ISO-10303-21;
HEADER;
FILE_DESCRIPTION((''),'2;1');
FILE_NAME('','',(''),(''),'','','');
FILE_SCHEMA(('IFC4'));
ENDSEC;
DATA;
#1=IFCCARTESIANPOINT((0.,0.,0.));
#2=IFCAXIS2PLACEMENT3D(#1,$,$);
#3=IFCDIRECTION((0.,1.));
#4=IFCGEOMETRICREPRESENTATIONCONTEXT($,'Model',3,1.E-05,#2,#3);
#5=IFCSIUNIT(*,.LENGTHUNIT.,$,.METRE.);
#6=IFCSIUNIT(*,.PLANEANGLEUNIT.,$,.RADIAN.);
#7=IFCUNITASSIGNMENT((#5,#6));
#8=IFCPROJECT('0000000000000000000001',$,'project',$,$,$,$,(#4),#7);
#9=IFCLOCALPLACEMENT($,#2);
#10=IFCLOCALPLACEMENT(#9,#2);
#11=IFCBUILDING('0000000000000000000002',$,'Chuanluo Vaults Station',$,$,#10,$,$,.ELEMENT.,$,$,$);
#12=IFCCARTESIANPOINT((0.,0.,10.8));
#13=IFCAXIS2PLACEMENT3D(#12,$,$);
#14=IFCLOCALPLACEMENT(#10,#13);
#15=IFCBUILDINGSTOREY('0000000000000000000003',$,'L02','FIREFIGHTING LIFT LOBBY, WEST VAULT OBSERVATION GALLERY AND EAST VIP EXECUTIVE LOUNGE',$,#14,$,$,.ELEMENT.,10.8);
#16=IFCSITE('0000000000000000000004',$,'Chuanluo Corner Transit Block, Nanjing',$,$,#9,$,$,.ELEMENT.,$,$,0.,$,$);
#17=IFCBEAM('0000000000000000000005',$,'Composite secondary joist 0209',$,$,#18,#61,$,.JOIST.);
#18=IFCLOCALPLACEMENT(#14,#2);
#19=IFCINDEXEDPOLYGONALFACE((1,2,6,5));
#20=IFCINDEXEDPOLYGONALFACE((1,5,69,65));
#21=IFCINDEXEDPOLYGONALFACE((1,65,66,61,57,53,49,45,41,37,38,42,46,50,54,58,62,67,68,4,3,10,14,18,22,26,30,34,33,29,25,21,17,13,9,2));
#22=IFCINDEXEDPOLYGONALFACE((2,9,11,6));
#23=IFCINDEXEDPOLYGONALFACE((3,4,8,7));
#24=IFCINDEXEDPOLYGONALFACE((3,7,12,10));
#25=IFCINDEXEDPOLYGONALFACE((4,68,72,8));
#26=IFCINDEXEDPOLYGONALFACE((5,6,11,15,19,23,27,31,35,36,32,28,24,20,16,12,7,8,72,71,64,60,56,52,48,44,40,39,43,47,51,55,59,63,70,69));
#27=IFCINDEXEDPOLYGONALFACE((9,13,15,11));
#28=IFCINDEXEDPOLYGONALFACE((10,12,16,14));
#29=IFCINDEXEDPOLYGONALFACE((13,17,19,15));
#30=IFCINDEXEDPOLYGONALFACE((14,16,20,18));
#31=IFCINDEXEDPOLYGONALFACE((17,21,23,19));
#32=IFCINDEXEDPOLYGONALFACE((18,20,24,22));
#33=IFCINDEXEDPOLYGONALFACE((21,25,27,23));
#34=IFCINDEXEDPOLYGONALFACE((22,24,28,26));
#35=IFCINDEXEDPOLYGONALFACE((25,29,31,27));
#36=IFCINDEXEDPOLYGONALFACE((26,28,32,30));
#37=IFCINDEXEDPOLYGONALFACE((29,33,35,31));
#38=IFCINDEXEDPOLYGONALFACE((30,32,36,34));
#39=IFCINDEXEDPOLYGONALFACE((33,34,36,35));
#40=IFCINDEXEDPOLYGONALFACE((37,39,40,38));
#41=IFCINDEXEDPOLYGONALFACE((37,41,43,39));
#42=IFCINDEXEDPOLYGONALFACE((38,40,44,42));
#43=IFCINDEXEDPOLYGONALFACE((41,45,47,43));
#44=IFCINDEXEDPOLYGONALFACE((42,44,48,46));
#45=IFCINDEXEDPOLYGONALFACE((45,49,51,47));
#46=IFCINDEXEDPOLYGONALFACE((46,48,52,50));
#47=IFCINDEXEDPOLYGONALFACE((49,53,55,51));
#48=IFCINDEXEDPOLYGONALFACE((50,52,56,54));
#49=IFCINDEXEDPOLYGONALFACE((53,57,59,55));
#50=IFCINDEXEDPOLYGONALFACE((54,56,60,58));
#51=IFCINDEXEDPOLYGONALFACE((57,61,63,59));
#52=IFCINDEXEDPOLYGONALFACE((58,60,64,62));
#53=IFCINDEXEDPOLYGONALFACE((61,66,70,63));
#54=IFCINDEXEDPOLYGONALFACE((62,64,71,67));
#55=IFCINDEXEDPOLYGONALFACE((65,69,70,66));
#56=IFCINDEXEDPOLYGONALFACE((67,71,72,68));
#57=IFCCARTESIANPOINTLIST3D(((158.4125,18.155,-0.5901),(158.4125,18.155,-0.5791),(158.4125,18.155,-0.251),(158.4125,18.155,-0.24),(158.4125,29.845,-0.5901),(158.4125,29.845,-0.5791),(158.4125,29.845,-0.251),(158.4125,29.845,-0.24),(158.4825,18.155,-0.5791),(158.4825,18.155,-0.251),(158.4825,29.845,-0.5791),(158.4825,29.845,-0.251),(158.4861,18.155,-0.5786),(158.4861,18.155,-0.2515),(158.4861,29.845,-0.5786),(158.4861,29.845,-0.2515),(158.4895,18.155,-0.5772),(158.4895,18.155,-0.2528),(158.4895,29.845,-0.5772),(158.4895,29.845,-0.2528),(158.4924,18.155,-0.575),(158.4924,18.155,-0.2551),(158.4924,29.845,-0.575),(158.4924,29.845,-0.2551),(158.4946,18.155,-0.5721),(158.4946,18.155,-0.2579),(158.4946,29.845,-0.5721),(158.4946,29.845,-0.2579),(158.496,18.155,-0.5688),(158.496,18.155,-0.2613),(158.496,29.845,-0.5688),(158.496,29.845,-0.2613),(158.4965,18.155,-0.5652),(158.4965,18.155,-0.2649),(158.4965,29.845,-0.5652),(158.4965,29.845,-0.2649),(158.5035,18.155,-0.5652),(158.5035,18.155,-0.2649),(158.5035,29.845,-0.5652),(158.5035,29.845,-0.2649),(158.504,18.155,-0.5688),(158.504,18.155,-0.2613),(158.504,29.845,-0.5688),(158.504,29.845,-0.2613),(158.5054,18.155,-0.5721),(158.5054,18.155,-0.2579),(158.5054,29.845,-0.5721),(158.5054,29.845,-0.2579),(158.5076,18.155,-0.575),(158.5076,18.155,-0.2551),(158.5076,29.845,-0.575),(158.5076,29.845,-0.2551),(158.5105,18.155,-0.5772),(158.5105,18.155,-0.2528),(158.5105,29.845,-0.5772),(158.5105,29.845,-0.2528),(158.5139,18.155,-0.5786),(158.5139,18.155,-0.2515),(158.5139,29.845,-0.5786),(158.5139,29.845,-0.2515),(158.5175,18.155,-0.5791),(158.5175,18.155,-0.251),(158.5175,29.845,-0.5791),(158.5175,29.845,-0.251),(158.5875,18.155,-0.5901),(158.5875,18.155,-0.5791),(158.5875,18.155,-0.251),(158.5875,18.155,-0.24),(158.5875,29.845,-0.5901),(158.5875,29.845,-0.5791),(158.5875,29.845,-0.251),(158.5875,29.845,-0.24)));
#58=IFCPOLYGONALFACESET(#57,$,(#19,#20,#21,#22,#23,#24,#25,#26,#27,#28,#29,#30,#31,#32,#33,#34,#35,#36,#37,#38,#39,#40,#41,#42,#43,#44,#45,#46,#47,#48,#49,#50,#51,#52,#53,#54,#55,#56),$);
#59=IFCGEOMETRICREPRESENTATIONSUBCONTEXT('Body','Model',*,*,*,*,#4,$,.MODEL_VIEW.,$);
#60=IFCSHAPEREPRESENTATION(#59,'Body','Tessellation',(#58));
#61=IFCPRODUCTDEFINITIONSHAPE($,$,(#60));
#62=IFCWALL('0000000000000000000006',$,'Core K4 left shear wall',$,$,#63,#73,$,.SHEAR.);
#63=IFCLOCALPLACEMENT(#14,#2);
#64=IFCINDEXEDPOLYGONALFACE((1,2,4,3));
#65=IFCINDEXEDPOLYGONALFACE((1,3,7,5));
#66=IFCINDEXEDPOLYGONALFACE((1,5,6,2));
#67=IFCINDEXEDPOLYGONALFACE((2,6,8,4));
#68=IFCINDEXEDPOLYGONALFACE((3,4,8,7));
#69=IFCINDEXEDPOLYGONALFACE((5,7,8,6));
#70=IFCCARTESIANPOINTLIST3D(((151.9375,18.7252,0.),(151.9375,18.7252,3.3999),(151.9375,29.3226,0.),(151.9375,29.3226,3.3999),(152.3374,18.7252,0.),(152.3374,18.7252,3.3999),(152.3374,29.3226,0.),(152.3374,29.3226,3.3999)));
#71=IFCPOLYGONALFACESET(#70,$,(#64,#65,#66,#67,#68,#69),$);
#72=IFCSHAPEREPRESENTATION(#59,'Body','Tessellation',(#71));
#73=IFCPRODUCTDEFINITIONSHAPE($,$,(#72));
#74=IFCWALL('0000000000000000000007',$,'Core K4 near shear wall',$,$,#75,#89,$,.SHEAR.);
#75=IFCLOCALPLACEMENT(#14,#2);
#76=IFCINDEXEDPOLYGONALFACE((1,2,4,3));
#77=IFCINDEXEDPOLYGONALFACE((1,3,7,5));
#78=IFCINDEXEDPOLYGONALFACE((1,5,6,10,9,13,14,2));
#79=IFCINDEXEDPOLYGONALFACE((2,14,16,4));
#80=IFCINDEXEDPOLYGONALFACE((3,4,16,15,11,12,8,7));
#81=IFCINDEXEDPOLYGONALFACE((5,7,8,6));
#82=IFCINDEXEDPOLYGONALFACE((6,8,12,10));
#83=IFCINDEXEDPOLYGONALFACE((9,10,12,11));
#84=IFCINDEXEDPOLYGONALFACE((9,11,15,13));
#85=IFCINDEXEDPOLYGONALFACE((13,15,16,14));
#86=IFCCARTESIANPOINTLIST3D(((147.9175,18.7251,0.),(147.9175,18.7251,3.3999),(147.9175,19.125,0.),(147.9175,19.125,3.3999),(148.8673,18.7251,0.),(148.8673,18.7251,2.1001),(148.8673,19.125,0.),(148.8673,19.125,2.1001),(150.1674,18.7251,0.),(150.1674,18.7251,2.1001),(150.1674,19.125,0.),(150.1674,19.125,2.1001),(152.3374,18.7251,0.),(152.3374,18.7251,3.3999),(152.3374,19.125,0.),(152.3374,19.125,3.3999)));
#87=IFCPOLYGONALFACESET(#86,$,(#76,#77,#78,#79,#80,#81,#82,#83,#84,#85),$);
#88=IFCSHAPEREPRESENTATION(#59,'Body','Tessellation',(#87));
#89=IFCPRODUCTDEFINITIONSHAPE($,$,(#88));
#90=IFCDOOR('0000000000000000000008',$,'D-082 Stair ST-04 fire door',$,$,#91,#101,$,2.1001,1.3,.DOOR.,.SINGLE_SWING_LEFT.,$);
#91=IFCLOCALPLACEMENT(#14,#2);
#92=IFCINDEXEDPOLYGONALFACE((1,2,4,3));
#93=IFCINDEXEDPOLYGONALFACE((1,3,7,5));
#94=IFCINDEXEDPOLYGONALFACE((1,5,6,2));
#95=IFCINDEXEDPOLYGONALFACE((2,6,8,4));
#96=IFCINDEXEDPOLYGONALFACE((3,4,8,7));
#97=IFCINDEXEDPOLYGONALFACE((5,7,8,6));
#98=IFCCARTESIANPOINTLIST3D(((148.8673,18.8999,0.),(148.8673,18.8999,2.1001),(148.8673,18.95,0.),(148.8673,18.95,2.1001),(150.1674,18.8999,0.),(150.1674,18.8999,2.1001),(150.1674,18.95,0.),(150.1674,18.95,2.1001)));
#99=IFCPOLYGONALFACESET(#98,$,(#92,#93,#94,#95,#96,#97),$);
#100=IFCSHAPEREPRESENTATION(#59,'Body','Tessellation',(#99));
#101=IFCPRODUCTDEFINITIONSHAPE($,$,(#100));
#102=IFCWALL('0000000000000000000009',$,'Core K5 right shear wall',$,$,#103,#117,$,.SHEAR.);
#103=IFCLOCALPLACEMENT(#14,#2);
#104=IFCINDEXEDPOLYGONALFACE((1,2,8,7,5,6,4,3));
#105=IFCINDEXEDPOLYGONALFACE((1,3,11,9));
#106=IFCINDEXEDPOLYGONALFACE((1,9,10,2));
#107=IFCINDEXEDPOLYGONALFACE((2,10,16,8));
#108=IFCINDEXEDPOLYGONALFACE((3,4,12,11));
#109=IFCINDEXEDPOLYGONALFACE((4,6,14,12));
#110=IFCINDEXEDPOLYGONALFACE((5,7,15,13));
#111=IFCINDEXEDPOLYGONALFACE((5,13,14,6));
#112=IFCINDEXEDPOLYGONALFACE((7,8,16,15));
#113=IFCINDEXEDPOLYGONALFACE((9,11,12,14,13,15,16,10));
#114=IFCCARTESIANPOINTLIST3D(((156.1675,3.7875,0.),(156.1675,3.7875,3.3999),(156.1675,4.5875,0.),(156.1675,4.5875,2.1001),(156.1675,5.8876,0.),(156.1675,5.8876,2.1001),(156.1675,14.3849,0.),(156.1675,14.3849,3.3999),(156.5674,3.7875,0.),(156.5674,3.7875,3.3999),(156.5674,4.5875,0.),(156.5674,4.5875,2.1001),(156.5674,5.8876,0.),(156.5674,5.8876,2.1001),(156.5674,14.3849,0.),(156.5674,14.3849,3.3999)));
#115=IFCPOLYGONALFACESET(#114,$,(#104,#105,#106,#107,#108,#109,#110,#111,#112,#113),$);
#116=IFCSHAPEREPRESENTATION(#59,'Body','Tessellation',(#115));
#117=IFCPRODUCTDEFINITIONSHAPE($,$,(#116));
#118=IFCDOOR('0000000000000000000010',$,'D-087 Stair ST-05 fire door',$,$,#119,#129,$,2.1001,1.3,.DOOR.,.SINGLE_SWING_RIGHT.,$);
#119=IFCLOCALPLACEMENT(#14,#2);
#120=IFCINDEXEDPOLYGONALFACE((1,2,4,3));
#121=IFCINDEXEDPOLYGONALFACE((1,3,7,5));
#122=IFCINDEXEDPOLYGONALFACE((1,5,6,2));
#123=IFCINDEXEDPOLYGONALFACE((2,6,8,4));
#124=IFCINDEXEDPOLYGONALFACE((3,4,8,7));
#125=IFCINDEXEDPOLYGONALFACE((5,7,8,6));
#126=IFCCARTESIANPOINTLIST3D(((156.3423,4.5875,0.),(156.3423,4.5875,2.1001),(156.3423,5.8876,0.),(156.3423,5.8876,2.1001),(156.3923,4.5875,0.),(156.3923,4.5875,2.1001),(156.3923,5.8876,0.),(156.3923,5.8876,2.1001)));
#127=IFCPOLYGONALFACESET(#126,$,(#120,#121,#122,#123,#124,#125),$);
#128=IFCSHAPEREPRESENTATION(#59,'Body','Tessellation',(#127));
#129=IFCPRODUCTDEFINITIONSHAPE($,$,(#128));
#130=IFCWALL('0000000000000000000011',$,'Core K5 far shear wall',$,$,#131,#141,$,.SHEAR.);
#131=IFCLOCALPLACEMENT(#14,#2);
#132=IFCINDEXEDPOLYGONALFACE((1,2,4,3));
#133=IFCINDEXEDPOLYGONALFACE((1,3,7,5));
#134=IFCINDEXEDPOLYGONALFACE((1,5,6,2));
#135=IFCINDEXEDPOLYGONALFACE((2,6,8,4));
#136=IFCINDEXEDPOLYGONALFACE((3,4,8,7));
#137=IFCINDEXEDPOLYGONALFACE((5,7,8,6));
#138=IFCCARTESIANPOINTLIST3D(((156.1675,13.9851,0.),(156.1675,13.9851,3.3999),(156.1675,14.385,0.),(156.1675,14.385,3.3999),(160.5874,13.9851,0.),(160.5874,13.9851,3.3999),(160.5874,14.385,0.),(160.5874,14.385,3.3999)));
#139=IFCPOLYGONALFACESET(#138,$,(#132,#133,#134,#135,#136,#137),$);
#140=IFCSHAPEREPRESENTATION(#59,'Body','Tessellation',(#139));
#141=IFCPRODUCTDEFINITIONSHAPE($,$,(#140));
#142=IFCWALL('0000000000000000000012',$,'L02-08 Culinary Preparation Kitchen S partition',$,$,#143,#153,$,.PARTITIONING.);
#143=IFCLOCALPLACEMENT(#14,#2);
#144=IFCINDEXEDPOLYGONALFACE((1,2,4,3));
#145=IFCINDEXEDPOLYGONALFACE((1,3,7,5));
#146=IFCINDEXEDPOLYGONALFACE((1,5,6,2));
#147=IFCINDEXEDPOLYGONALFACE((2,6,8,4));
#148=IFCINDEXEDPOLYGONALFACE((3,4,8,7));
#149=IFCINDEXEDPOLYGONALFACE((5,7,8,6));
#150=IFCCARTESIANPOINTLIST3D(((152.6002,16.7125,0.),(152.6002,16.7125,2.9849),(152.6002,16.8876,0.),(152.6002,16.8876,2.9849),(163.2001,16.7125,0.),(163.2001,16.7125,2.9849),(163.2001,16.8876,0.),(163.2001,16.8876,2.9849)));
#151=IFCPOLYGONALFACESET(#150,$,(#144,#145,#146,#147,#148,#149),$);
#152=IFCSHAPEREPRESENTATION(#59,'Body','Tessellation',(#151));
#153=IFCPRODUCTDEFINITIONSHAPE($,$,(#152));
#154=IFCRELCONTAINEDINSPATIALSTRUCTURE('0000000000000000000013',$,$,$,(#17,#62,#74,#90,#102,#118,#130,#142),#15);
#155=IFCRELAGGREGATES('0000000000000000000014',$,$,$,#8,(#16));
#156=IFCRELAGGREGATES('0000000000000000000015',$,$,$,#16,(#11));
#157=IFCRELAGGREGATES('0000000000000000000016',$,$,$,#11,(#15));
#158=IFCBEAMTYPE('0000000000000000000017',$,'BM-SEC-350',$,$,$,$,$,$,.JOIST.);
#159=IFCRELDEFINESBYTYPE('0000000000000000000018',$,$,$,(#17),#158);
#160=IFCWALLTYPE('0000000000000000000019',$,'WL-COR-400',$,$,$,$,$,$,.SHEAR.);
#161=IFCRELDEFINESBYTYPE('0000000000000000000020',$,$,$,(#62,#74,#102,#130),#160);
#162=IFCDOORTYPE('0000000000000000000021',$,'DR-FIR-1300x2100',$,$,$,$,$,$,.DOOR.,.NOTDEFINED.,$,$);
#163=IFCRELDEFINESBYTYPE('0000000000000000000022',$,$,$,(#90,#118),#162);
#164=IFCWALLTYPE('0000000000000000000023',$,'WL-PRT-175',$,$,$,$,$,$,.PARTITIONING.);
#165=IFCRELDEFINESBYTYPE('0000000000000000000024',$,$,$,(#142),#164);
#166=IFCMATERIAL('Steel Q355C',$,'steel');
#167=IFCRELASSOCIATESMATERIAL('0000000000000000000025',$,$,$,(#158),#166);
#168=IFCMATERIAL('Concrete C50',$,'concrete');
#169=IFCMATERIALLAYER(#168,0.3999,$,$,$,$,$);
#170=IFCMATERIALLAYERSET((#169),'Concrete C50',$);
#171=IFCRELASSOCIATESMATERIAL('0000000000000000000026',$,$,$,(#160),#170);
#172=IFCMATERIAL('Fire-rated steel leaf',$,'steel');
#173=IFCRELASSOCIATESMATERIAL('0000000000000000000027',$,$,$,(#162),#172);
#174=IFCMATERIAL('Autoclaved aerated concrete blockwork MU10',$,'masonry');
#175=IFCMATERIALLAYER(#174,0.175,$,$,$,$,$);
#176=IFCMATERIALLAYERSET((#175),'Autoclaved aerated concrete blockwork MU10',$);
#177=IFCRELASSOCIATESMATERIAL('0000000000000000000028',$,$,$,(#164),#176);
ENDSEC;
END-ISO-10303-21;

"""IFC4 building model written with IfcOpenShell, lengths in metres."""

from ifc_helpers import new_model, si_unit, direction, frame, frame_2d, origin, origin_2d, place, context, subcontext, project, spatial, rectangle, i_section, extrude, material, layer, layer_set, material_profile, profile_set, type_object, element, fill, save


model = new_model("IFC4")

# Units and contexts
model_context = context("Model", 3, precision=1e-05, world=origin(), true_north=direction((0.0, 1.0)))
body_context = subcontext(model_context, "Body", "Model", "MODEL_VIEW")
ifc_project = project(units=[si_unit("LENGTHUNIT", "METRE"), si_unit("PLANEANGLEUNIT", "RADIAN")], contexts=[model_context])

# Site, building, storey
site_placement = place(None, origin())
site = spatial("IfcSite", under=ifc_project, at=site_placement, Name="Chuanluo Corner Transit Block, Nanjing", CompositionType="ELEMENT", RefElevation=0.0)
building_placement = place(site_placement, origin())
building = spatial("IfcBuilding", under=site, at=building_placement, Name="Chuanluo Vaults Station", CompositionType="ELEMENT")
storey_placement = place(building_placement, frame((0.0, 0.0, 10.8)))
storey = spatial("IfcBuildingStorey", under=building, at=storey_placement, Name="L02", Description="FIREFIGHTING LIFT LOBBY, WEST VAULT OBSERVATION GALLERY AND EAST VIP EXECUTIVE LOUNGE", CompositionType="ELEMENT", Elevation=10.8)

# Beam
ifc_material_1 = material(Name="Steel Q355C", Category="steel")
ifc_material_profile_1 = material_profile(ifc_material_1, i_section(OverallWidth=0.175, OverallDepth=0.3501, WebThickness=0.0071, FlangeThickness=0.011, FilletRadius=0.0139, at=origin_2d()))
ifc_profile_set_1 = profile_set([ifc_material_profile_1], Name="Steel Q355C")
beam_type_1 = type_object("IfcBeamType", Name="BM-SEC-350", PredefinedType="JOIST", material=ifc_profile_set_1)
beam_1_placement = place(storey_placement, frame((158.5, 18.155, -0.415), z_axis=(0.0, 1.0, 0.0), x_axis=(-1.0, 0.0, 0.0)))
element("IfcBeam", 1, at=beam_1_placement, inside=storey, type_object=beam_type_1, Name="Composite secondary joist 0209", PredefinedType="JOIST", context=body_context, shape_type="SweptSolid", body=[
    extrude(i_section(OverallWidth=0.175, OverallDepth=0.3501, WebThickness=0.0071, FlangeThickness=0.011, FilletRadius=0.0139, at=origin_2d()), origin(), (0.0, 0.0, 1.0), 11.6899),
])

# Wall
ifc_material_2 = material(Name="Concrete C50", Category="concrete")
ifc_layer_1 = layer(ifc_material_2, 0.3999)
ifc_layer_set_1 = layer_set([ifc_layer_1], Name="Concrete C50")
wall_type_1 = type_object("IfcWallType", Name="WL-COR-400", PredefinedType="SHEAR", material=ifc_layer_set_1)
wall_1_placement = place(storey_placement, frame((152.1375, 18.7251, 0.0), z_axis=(0.0, 0.0, 1.0), x_axis=(0.0, 1.0, 0.0)))
element("IfcWall", 2, at=wall_1_placement, inside=storey, type_object=wall_type_1, Name="Core K4 left shear wall", PredefinedType="SHEAR", context=body_context, shape_type="SweptSolid", body=[
    extrude(rectangle(XDim=10.5974, YDim=0.3999, at=frame_2d((5.2988, 0.0))), origin(), (0.0, 0.0, 1.0), 3.3999),
])

# Walls, openings, doors
wall_2_placement = place(storey_placement, frame((147.9175, 18.925, 0.0), z_axis=(0.0, 0.0, 1.0), x_axis=(1.0, 0.0, 0.0)))
wall_2 = element("IfcWall", 3, at=wall_2_placement, inside=storey, type_object=wall_type_1, Name="Core K4 near shear wall", PredefinedType="SHEAR", context=body_context, shape_type="SweptSolid", body=[
    extrude(rectangle(XDim=4.4199, YDim=0.3999, at=frame_2d((2.21, 0.0))), origin(), (0.0, 0.0, 1.0), 3.3999),
])
opening_1_placement = place(wall_2_placement, frame((0.95, 0.0, 0.0)))
opening_1 = element("IfcOpeningElement", 4, at=opening_1_placement, cuts=wall_2, PredefinedType="OPENING", context=body_context, shape_type="SweptSolid", body=[
    extrude(rectangle(XDim=1.3, YDim=2.1001, at=frame_2d((0.6499, 1.05))), frame((0.0, 0.2099, 0.0), z_axis=(0.0, -1.0, 0.0), x_axis=(1.0, 0.0, 0.0)), (0.0, 0.0, 1.0), 0.4199),
])
ifc_material_3 = material(Name="Fire-rated steel leaf", Category="steel")
door_type = type_object("IfcDoorType", Name="DR-FIR-1300x2100", OperationType="NOTDEFINED", PredefinedType="DOOR", material=ifc_material_3)
door_1_placement = place(opening_1_placement, origin())
door_1 = element("IfcDoor", 5, at=door_1_placement, inside=storey, type_object=door_type, Name="D-082 Stair ST-04 fire door", OperationType="SINGLE_SWING_LEFT", OverallHeight=2.1001, OverallWidth=1.3, PredefinedType="DOOR", context=body_context, shape_type="SweptSolid", body=[
    extrude(rectangle(XDim=1.3, YDim=2.1001, at=frame_2d((0.6499, 1.05))), frame((0.0, 0.0249, 0.0), z_axis=(0.0, -1.0, 0.0), x_axis=(1.0, 0.0, 0.0)), (0.0, 0.0, 1.0), 0.05),
])
fill(opening_1, door_1)
wall_3_placement = place(storey_placement, frame((156.3674, 14.385, 0.0), z_axis=(0.0, 0.0, 1.0), x_axis=(0.0, -1.0, 0.0)))
wall_3 = element("IfcWall", 6, at=wall_3_placement, inside=storey, type_object=wall_type_1, Name="Core K5 right shear wall", PredefinedType="SHEAR", context=body_context, shape_type="SweptSolid", body=[
    extrude(rectangle(XDim=10.5974, YDim=0.3999, at=frame_2d((5.2988, 0.0))), origin(), (0.0, 0.0, 1.0), 3.3999),
])
opening_2_placement = place(wall_3_placement, frame((8.4976, 0.0, 0.0)))
opening_2 = element("IfcOpeningElement", 7, at=opening_2_placement, cuts=wall_3, PredefinedType="OPENING", context=body_context, shape_type="SweptSolid", body=[
    extrude(rectangle(XDim=1.3, YDim=2.1001, at=frame_2d((0.6499, 1.05))), frame((0.0, 0.2099, 0.0), z_axis=(0.0, -1.0, 0.0), x_axis=(1.0, 0.0, 0.0)), (0.0, 0.0, 1.0), 0.4199),
])
door_2_placement = place(opening_2_placement, origin())
door_2 = element("IfcDoor", 8, at=door_2_placement, inside=storey, type_object=door_type, Name="D-087 Stair ST-05 fire door", OperationType="SINGLE_SWING_RIGHT", OverallHeight=2.1001, OverallWidth=1.3, PredefinedType="DOOR", context=body_context, shape_type="SweptSolid", body=[
    extrude(rectangle(XDim=1.3, YDim=2.1001, at=frame_2d((0.6499, 1.05))), frame((0.0, 0.0249, 0.0), z_axis=(0.0, -1.0, 0.0), x_axis=(1.0, 0.0, 0.0)), (0.0, 0.0, 1.0), 0.05),
])
fill(opening_2, door_2)

# Walls
wall_4_placement = place(storey_placement, frame((160.5874, 14.1851, 0.0), z_axis=(0.0, 0.0, 1.0), x_axis=(-1.0, 0.0, 0.0)))
element("IfcWall", 9, at=wall_4_placement, inside=storey, type_object=wall_type_1, Name="Core K5 far shear wall", PredefinedType="SHEAR", context=body_context, shape_type="SweptSolid", body=[
    extrude(rectangle(XDim=4.4199, YDim=0.3999, at=frame_2d((2.21, 0.0))), origin(), (0.0, 0.0, 1.0), 3.3999),
])
ifc_material_4 = material(Name="Autoclaved aerated concrete blockwork MU10", Category="masonry")
ifc_layer_2 = layer(ifc_material_4, 0.175)
ifc_layer_set_2 = layer_set([ifc_layer_2], Name="Autoclaved aerated concrete blockwork MU10")
wall_type_2 = type_object("IfcWallType", Name="WL-PRT-175", PredefinedType="PARTITIONING", material=ifc_layer_set_2)
wall_5_placement = place(storey_placement, frame((163.2, 16.8, 0.0), z_axis=(0.0, 0.0, 1.0), x_axis=(-1.0, 0.0, 0.0)))
element("IfcWall", 10, at=wall_5_placement, inside=storey, type_object=wall_type_2, Name="L02-08 Culinary Preparation Kitchen S partition", PredefinedType="PARTITIONING", context=body_context, shape_type="SweptSolid", body=[
    extrude(rectangle(XDim=10.5999, YDim=0.175, at=frame_2d((5.2998, 0.0))), origin(), (0.0, 0.0, 1.0), 2.9849),
])

save(model, "model.ifc")
